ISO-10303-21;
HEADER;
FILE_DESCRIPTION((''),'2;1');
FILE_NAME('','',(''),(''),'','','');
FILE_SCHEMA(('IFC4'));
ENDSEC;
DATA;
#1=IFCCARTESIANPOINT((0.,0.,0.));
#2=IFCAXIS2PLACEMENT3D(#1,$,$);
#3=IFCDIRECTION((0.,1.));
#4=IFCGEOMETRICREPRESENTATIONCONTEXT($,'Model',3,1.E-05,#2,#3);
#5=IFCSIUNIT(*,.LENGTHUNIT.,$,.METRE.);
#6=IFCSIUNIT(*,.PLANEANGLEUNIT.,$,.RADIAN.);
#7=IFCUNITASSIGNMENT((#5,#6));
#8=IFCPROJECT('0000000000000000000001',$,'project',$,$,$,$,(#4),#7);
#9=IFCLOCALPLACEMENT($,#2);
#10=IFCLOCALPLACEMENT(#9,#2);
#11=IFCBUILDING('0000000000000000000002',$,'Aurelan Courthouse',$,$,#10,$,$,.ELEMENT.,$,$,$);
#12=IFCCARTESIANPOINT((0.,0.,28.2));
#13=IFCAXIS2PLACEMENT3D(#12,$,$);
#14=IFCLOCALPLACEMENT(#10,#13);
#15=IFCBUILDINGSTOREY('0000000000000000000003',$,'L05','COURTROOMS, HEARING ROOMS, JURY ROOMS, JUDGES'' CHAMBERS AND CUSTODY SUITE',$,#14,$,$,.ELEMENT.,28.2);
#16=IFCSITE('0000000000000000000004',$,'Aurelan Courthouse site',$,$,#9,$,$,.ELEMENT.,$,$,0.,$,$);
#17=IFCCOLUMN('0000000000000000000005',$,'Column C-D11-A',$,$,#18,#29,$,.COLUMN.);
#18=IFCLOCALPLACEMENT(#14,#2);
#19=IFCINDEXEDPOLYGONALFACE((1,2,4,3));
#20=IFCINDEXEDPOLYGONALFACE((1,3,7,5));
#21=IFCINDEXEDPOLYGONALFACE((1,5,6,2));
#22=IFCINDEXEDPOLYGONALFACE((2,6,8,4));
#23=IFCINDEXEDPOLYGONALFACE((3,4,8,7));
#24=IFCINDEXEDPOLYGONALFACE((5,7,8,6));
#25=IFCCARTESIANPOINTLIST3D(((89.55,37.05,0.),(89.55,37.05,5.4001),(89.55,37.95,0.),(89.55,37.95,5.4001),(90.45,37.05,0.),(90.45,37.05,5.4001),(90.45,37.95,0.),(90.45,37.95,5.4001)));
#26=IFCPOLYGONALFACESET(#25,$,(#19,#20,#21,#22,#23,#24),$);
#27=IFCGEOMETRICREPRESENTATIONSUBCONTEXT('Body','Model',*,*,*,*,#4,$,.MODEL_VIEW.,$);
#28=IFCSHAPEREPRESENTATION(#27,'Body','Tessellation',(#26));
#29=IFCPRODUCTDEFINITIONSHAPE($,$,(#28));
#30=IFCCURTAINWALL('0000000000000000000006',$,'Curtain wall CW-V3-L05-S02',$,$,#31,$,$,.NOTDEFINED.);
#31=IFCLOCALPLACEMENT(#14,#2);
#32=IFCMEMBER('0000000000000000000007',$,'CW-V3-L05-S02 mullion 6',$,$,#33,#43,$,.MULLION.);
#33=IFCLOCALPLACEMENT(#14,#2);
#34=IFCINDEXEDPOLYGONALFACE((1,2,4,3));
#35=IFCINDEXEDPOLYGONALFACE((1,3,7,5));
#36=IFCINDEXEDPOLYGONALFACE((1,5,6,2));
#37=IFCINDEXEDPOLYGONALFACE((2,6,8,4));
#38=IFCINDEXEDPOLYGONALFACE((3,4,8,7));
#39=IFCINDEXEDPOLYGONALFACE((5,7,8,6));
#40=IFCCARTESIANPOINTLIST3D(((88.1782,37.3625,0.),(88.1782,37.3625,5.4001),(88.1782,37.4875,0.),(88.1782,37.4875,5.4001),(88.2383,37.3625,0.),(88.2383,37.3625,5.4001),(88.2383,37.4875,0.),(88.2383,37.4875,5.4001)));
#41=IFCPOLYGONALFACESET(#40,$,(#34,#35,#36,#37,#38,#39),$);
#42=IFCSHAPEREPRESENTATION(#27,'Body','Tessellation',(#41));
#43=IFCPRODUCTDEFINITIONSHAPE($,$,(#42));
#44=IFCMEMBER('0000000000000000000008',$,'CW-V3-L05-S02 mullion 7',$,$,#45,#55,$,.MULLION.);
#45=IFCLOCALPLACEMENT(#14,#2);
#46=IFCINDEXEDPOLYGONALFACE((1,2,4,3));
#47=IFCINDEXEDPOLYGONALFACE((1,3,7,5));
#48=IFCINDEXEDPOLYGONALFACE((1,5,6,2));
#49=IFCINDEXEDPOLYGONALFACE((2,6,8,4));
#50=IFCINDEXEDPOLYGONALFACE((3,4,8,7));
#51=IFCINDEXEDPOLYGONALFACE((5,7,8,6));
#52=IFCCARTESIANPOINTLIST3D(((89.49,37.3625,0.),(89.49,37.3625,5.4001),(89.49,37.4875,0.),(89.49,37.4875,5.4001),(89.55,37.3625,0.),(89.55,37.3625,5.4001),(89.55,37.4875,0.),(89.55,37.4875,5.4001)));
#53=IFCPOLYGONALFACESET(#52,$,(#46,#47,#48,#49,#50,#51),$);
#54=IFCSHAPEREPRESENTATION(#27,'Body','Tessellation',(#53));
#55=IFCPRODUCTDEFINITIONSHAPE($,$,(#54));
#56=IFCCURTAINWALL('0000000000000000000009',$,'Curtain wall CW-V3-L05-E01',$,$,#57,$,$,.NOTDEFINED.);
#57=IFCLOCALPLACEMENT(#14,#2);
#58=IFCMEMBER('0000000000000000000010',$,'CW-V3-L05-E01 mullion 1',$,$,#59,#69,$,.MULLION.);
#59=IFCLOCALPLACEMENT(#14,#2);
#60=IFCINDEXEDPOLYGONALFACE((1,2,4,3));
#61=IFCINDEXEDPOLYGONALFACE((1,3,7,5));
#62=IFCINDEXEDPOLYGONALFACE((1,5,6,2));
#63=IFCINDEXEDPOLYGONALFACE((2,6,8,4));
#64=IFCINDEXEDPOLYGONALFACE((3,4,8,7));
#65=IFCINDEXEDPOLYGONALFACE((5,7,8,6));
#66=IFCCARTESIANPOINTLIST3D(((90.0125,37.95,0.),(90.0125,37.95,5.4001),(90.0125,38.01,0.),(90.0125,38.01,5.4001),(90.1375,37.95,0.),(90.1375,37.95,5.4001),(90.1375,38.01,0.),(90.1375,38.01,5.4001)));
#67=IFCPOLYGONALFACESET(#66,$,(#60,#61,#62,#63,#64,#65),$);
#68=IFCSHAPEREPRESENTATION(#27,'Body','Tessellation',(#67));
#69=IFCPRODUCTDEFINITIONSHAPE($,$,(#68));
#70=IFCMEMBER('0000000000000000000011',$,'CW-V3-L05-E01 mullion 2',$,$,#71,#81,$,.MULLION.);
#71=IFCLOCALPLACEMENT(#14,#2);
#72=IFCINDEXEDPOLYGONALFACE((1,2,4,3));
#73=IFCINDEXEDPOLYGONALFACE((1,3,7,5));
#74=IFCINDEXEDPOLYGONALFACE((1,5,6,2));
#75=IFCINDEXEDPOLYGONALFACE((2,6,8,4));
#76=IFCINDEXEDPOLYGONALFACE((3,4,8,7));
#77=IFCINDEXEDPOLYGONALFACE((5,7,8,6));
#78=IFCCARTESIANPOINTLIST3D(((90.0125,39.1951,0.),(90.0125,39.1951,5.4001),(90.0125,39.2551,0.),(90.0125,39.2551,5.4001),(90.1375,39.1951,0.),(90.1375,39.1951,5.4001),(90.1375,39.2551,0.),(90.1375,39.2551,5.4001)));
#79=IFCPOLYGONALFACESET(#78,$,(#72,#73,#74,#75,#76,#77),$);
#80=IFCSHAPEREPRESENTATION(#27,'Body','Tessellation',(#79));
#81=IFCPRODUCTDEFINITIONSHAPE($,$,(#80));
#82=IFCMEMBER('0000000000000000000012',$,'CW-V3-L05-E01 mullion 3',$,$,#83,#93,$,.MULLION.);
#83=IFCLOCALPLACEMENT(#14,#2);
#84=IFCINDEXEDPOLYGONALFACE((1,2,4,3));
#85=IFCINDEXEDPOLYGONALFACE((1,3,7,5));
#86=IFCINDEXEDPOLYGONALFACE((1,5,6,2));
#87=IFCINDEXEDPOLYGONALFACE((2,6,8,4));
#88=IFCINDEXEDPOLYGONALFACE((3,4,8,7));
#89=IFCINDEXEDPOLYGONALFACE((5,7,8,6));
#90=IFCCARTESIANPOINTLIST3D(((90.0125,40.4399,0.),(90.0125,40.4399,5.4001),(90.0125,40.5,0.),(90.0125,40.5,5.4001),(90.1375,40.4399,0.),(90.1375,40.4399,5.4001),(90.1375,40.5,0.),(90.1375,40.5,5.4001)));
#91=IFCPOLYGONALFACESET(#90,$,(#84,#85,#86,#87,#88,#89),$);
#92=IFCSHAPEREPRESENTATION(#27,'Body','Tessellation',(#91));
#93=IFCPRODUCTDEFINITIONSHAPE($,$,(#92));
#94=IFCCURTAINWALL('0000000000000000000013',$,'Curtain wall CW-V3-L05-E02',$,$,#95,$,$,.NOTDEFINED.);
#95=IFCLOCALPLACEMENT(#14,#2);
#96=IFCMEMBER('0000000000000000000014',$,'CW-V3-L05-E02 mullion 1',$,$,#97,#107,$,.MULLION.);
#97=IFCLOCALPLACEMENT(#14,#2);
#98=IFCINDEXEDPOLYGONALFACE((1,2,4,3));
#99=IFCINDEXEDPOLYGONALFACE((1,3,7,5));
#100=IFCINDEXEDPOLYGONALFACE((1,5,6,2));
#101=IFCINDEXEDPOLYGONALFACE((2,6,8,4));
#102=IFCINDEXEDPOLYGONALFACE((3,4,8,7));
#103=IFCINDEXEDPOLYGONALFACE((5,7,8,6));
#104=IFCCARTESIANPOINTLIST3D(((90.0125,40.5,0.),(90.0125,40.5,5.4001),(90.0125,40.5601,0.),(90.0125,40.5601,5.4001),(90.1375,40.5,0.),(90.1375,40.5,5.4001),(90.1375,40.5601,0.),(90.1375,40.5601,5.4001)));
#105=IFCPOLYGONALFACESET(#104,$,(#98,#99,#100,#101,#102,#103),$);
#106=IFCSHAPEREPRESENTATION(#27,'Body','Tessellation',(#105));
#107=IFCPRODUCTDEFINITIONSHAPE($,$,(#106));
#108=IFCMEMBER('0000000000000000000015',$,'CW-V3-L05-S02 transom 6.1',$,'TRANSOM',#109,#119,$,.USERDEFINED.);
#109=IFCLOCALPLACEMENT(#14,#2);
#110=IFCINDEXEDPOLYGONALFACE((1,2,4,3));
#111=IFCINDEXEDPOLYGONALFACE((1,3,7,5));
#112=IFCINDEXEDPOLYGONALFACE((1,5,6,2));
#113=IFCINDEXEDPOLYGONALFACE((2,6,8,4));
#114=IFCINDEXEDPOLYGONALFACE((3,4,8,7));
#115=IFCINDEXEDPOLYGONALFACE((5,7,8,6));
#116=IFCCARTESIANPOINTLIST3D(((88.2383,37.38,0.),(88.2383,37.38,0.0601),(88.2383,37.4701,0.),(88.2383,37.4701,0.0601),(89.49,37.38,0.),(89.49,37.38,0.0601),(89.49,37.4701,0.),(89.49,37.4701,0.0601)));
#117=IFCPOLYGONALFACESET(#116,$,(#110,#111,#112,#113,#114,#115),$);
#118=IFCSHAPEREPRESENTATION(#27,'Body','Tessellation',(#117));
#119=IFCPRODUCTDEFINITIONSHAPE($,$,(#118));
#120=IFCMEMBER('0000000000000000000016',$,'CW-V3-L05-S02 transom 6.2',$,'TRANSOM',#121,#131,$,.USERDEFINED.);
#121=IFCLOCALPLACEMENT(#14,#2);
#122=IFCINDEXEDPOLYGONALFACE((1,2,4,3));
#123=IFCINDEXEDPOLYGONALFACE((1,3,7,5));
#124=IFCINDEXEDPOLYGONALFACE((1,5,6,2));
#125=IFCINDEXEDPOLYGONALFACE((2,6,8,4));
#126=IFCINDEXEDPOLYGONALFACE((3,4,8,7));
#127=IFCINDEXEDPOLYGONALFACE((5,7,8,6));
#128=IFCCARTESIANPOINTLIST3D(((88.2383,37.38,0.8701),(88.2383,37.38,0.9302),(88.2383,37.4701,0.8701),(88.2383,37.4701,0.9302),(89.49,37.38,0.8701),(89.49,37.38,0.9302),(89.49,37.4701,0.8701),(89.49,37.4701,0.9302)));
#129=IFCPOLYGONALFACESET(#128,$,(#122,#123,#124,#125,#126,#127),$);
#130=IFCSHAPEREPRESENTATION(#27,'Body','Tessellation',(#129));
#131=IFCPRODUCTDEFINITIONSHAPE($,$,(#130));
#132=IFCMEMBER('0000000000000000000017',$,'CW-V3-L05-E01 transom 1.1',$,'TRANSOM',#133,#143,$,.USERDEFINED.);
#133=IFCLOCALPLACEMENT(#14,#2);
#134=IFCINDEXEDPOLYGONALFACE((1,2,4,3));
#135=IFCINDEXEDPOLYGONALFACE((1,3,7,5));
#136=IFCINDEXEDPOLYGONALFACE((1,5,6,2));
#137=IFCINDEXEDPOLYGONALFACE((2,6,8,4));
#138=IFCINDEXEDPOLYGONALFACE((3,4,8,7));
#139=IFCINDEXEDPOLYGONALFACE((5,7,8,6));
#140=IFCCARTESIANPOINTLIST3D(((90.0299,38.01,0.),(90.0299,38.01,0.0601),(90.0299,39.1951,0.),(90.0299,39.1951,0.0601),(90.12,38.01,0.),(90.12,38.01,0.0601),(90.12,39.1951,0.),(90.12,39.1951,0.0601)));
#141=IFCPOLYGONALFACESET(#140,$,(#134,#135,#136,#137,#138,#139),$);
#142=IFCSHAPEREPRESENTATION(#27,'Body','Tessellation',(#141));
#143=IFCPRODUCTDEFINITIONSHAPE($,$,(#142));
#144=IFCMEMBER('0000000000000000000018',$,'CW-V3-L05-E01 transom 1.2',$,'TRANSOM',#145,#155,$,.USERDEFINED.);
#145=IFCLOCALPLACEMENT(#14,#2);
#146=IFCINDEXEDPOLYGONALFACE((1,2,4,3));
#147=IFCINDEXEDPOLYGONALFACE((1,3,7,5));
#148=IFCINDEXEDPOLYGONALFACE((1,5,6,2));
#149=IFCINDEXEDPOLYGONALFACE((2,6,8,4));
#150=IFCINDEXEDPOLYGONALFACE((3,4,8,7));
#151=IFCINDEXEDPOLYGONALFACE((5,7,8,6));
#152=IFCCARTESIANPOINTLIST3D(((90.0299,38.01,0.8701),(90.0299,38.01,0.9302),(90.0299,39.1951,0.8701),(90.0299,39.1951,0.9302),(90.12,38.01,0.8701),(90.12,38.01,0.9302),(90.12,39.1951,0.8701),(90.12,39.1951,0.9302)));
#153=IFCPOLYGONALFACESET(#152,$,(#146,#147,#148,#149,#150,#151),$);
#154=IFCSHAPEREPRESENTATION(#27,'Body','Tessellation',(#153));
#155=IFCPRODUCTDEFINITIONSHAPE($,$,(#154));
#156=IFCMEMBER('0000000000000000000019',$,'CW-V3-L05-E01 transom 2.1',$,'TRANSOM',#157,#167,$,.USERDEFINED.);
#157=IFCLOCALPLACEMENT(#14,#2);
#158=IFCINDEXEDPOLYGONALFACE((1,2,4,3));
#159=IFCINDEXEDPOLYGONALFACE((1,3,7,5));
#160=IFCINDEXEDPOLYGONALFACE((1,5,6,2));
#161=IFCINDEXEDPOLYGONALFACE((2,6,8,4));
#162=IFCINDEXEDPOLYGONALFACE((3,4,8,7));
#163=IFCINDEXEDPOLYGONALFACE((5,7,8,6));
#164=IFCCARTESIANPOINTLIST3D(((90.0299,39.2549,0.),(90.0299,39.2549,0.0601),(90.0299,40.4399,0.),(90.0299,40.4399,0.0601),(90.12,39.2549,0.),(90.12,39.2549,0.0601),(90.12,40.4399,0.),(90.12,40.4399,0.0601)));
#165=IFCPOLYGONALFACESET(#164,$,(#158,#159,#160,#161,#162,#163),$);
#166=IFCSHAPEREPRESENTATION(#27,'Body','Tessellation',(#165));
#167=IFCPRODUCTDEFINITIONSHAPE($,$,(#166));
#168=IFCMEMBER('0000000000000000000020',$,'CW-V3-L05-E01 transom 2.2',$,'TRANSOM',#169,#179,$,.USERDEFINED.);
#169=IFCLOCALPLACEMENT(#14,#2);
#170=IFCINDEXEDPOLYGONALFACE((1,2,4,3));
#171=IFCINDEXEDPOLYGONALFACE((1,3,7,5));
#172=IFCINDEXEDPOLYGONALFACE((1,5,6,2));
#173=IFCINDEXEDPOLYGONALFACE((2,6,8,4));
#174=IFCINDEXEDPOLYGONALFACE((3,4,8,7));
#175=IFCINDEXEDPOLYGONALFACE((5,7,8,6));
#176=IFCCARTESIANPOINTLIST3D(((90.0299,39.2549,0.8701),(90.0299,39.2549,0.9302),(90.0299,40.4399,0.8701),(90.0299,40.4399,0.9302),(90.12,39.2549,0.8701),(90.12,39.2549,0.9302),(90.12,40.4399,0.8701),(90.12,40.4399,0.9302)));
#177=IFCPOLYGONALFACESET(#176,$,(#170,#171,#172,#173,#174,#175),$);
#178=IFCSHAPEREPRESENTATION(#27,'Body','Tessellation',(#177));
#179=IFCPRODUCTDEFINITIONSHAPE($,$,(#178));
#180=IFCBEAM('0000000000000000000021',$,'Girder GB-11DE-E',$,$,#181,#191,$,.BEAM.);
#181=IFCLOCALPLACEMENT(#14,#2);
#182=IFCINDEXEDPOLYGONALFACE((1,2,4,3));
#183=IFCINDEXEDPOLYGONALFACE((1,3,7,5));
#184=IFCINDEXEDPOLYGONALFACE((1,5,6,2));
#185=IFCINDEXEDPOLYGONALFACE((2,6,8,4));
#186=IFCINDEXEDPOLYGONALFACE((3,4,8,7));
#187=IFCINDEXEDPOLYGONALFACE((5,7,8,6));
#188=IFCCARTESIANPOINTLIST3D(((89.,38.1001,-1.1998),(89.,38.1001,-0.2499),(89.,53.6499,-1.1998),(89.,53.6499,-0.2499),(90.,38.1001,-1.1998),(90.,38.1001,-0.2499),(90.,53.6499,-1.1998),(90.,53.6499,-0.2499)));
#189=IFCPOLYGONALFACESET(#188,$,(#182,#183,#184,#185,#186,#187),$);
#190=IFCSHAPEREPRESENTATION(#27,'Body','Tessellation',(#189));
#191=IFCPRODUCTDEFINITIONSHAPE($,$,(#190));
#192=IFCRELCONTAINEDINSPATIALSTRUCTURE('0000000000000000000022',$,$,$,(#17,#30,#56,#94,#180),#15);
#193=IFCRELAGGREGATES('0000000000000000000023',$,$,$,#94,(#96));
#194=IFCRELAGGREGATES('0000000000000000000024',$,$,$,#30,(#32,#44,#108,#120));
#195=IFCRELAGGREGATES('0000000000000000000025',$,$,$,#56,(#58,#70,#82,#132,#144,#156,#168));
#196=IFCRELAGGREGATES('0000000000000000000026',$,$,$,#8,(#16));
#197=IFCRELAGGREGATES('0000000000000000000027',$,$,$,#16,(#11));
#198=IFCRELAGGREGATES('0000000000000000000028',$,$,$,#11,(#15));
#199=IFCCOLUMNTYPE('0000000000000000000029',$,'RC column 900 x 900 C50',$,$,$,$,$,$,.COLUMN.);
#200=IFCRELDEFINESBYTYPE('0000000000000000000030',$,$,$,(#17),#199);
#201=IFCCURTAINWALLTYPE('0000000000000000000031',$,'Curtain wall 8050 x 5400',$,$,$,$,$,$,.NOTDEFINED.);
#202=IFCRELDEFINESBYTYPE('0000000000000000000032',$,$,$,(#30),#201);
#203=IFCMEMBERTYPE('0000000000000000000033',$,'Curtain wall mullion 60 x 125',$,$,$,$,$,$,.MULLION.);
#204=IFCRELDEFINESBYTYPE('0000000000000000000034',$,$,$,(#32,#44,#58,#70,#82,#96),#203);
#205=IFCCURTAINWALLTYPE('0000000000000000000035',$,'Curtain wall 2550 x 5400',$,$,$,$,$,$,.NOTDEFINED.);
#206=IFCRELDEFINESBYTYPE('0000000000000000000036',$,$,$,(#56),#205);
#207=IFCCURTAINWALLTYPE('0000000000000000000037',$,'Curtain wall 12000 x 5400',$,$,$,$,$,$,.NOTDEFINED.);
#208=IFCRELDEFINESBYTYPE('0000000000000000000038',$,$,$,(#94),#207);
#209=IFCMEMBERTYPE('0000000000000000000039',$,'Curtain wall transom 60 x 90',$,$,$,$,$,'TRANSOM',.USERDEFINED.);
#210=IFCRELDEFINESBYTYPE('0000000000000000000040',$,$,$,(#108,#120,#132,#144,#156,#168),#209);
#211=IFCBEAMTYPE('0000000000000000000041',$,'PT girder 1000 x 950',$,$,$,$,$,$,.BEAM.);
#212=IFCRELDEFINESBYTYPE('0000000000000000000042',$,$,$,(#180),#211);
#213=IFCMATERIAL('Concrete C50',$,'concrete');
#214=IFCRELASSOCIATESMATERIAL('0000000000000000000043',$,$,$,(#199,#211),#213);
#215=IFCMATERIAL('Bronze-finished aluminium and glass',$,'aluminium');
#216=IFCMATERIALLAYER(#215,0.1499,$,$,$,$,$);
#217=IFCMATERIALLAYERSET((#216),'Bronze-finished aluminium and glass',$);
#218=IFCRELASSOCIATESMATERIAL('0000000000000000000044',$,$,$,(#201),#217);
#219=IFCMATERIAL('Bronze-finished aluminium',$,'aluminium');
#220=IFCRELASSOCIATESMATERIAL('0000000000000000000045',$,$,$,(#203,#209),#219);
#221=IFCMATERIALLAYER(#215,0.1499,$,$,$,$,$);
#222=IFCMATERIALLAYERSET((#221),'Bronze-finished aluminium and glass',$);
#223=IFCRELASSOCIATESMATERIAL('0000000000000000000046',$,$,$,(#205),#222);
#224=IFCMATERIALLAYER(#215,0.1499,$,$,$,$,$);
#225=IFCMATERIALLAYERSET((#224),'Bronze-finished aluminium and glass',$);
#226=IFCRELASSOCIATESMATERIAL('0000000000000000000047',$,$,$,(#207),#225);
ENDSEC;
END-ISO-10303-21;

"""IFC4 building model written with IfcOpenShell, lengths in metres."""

from ifc_helpers import new_model, si_unit, direction, frame, origin, origin_2d, place, context, subcontext, project, spatial, rectangle, extrude, material, layer, layer_set, material_profile, profile_set, type_object, element, aggregate, save


model = new_model("IFC4")

# Units and contexts
model_context = context("Model", 3, precision=1e-05, world=origin(), true_north=direction((0.0, 1.0)))
body_context = subcontext(model_context, "Body", "Model", "MODEL_VIEW")
ifc_project = project(units=[si_unit("LENGTHUNIT", "METRE"), si_unit("PLANEANGLEUNIT", "RADIAN")], contexts=[model_context])

# Site, building, storey
site_placement = place(None, origin())
site = spatial("IfcSite", under=ifc_project, at=site_placement, Name="Aurelan Courthouse site", CompositionType="ELEMENT", RefElevation=0.0)
building_placement = place(site_placement, origin())
building = spatial("IfcBuilding", under=site, at=building_placement, Name="Aurelan Courthouse", CompositionType="ELEMENT")
storey_placement = place(building_placement, frame((0.0, 0.0, 28.2)))
storey = spatial("IfcBuildingStorey", under=building, at=storey_placement, Name="L05", Description="COURTROOMS, HEARING ROOMS, JURY ROOMS, JUDGES' CHAMBERS AND CUSTODY SUITE", CompositionType="ELEMENT", Elevation=28.2)

# Column
ifc_material_1 = material(Name="Concrete C50", Category="concrete")
ifc_material_profile_1 = material_profile(ifc_material_1, rectangle(XDim=0.8999, YDim=0.8999, at=origin_2d()), Name="RC 900 x 900")
ifc_profile_set_1 = profile_set([ifc_material_profile_1], Name="Concrete C50")
column_type = type_object("IfcColumnType", Name="RC column 900 x 900 C50", PredefinedType="COLUMN", material=ifc_profile_set_1)
column_placement = place(storey_placement, frame((90.0, 37.5, 0.0), z_axis=(0.0, 0.0, 1.0), x_axis=(1.0, 0.0, 0.0)))
element("IfcColumn", 1, at=column_placement, inside=storey, type_object=column_type, Name="Column C-D11-A", PredefinedType="COLUMN", context=body_context, shape_type="SweptSolid", body=[
    extrude(rectangle(XDim=0.8999, YDim=0.8999, at=origin_2d()), origin(), (0.0, 0.0, 1.0), 5.4001),
])

# Curtain walls, members
ifc_material_2 = material(Name="Bronze-finished aluminium and glass", Category="aluminium")
ifc_layer_1 = layer(ifc_material_2, 0.1499)
ifc_layer_set_1 = layer_set([ifc_layer_1], Name="Bronze-finished aluminium and glass")
curtain_wall_type_1 = type_object("IfcCurtainWallType", Name="Curtain wall 8050 x 5400", PredefinedType="NOTDEFINED", material=ifc_layer_set_1)
curtain_wall_1_placement = place(storey_placement, origin())
curtain_wall_1 = element("IfcCurtainWall", 2, at=curtain_wall_1_placement, inside=storey, type_object=curtain_wall_type_1, Name="Curtain wall CW-V3-L05-S02", PredefinedType="NOTDEFINED")
ifc_material_3 = material(Name="Bronze-finished aluminium", Category="aluminium")
ifc_material_profile_2 = material_profile(ifc_material_3, rectangle(XDim=0.125, YDim=0.0601, at=origin_2d()), Name="Bronze mullion 60 x 125")
ifc_profile_set_2 = profile_set([ifc_material_profile_2], Name="Bronze-finished aluminium")
member_type_1 = type_object("IfcMemberType", Name="Curtain wall mullion 60 x 125", PredefinedType="MULLION", material=ifc_profile_set_2)
member_1_placement = place(storey_placement, frame((88.2083, 37.425, 0.0), z_axis=(0.0, 0.0, 1.0), x_axis=(0.0, 1.0, 0.0)))
member_1 = element("IfcMember", 3, at=member_1_placement, type_object=member_type_1, Name="CW-V3-L05-S02 mullion 6", PredefinedType="MULLION", context=body_context, shape_type="SweptSolid", body=[
    extrude(rectangle(XDim=0.125, YDim=0.0601, at=origin_2d()), origin(), (0.0, 0.0, 1.0), 5.4001),
])
member_2_placement = place(storey_placement, frame((89.52, 37.425, 0.0), z_axis=(0.0, 0.0, 1.0), x_axis=(0.0, 1.0, 0.0)))
member_2 = element("IfcMember", 4, at=member_2_placement, type_object=member_type_1, Name="CW-V3-L05-S02 mullion 7", PredefinedType="MULLION", context=body_context, shape_type="SweptSolid", body=[
    extrude(rectangle(XDim=0.125, YDim=0.0601, at=origin_2d()), origin(), (0.0, 0.0, 1.0), 5.4001),
])
ifc_layer_2 = layer(ifc_material_2, 0.1499)
ifc_layer_set_2 = layer_set([ifc_layer_2], Name="Bronze-finished aluminium and glass")
curtain_wall_type_2 = type_object("IfcCurtainWallType", Name="Curtain wall 2550 x 5400", PredefinedType="NOTDEFINED", material=ifc_layer_set_2)
curtain_wall_2_placement = place(storey_placement, origin())
curtain_wall_2 = element("IfcCurtainWall", 5, at=curtain_wall_2_placement, inside=storey, type_object=curtain_wall_type_2, Name="Curtain wall CW-V3-L05-E01", PredefinedType="NOTDEFINED")
member_3_placement = place(storey_placement, frame((90.075, 37.98, 0.0), z_axis=(0.0, 0.0, 1.0), x_axis=(-1.0, 0.0, 0.0)))
member_3 = element("IfcMember", 6, at=member_3_placement, type_object=member_type_1, Name="CW-V3-L05-E01 mullion 1", PredefinedType="MULLION", context=body_context, shape_type="SweptSolid", body=[
    extrude(rectangle(XDim=0.125, YDim=0.0601, at=origin_2d()), origin(), (0.0, 0.0, 1.0), 5.4001),
])
member_4_placement = place(storey_placement, frame((90.075, 39.2251, 0.0), z_axis=(0.0, 0.0, 1.0), x_axis=(-1.0, 0.0, 0.0)))
member_4 = element("IfcMember", 7, at=member_4_placement, type_object=member_type_1, Name="CW-V3-L05-E01 mullion 2", PredefinedType="MULLION", context=body_context, shape_type="SweptSolid", body=[
    extrude(rectangle(XDim=0.125, YDim=0.0601, at=origin_2d()), origin(), (0.0, 0.0, 1.0), 5.4001),
])
member_5_placement = place(storey_placement, frame((90.075, 40.47, 0.0), z_axis=(0.0, 0.0, 1.0), x_axis=(-1.0, 0.0, 0.0)))
member_5 = element("IfcMember", 8, at=member_5_placement, type_object=member_type_1, Name="CW-V3-L05-E01 mullion 3", PredefinedType="MULLION", context=body_context, shape_type="SweptSolid", body=[
    extrude(rectangle(XDim=0.125, YDim=0.0601, at=origin_2d()), origin(), (0.0, 0.0, 1.0), 5.4001),
])

# Curtain wall, member
ifc_layer_3 = layer(ifc_material_2, 0.1499)
ifc_layer_set_3 = layer_set([ifc_layer_3], Name="Bronze-finished aluminium and glass")
curtain_wall_type_3 = type_object("IfcCurtainWallType", Name="Curtain wall 12000 x 5400", PredefinedType="NOTDEFINED", material=ifc_layer_set_3)
curtain_wall_3_placement = place(storey_placement, origin())
curtain_wall_3 = element("IfcCurtainWall", 9, at=curtain_wall_3_placement, inside=storey, type_object=curtain_wall_type_3, Name="Curtain wall CW-V3-L05-E02", PredefinedType="NOTDEFINED")
member_6_placement = place(storey_placement, frame((90.075, 40.53, 0.0), z_axis=(0.0, 0.0, 1.0), x_axis=(-1.0, 0.0, 0.0)))
member_6 = element("IfcMember", 10, at=member_6_placement, type_object=member_type_1, Name="CW-V3-L05-E02 mullion 1", PredefinedType="MULLION", context=body_context, shape_type="SweptSolid", body=[
    extrude(rectangle(XDim=0.125, YDim=0.0601, at=origin_2d()), origin(), (0.0, 0.0, 1.0), 5.4001),
])
aggregate(curtain_wall_3, [member_6])

# Members
ifc_material_profile_3 = material_profile(ifc_material_3, rectangle(XDim=0.0901, YDim=0.0601, at=origin_2d()), Name="Bronze transom 60 x 90")
ifc_profile_set_3 = profile_set([ifc_material_profile_3], Name="Bronze-finished aluminium")
member_type_2 = type_object("IfcMemberType", Name="Curtain wall transom 60 x 90", ElementType="TRANSOM", PredefinedType="USERDEFINED", material=ifc_profile_set_3)
member_7_placement = place(storey_placement, frame((88.2383, 37.425, 0.03), z_axis=(1.0, 0.0, 0.0), x_axis=(0.0, 1.0, 0.0)))
member_7 = element("IfcMember", 11, at=member_7_placement, type_object=member_type_2, Name="CW-V3-L05-S02 transom 6.1", ObjectType="TRANSOM", PredefinedType="USERDEFINED", context=body_context, shape_type="SweptSolid", body=[
    extrude(rectangle(XDim=0.0901, YDim=0.0601, at=origin_2d()), origin(), (0.0, 0.0, 1.0), 1.2517),
])
member_8_placement = place(storey_placement, frame((88.2383, 37.425, 0.9001), z_axis=(1.0, 0.0, 0.0), x_axis=(0.0, 1.0, 0.0)))
member_8 = element("IfcMember", 12, at=member_8_placement, type_object=member_type_2, Name="CW-V3-L05-S02 transom 6.2", ObjectType="TRANSOM", PredefinedType="USERDEFINED", context=body_context, shape_type="SweptSolid", body=[
    extrude(rectangle(XDim=0.0901, YDim=0.0601, at=origin_2d()), origin(), (0.0, 0.0, 1.0), 1.2517),
])
member_9_placement = place(storey_placement, frame((90.075, 38.01, 0.03), z_axis=(0.0, 1.0, 0.0), x_axis=(-1.0, 0.0, 0.0)))
member_9 = element("IfcMember", 13, at=member_9_placement, type_object=member_type_2, Name="CW-V3-L05-E01 transom 1.1", ObjectType="TRANSOM", PredefinedType="USERDEFINED", context=body_context, shape_type="SweptSolid", body=[
    extrude(rectangle(XDim=0.0901, YDim=0.0601, at=origin_2d()), origin(), (0.0, 0.0, 1.0), 1.1851),
])
member_10_placement = place(storey_placement, frame((90.075, 38.01, 0.9001), z_axis=(0.0, 1.0, 0.0), x_axis=(-1.0, 0.0, 0.0)))
member_10 = element("IfcMember", 14, at=member_10_placement, type_object=member_type_2, Name="CW-V3-L05-E01 transom 1.2", ObjectType="TRANSOM", PredefinedType="USERDEFINED", context=body_context, shape_type="SweptSolid", body=[
    extrude(rectangle(XDim=0.0901, YDim=0.0601, at=origin_2d()), origin(), (0.0, 0.0, 1.0), 1.1851),
])
member_11_placement = place(storey_placement, frame((90.075, 39.2549, 0.03), z_axis=(0.0, 1.0, 0.0), x_axis=(-1.0, 0.0, 0.0)))
member_11 = element("IfcMember", 15, at=member_11_placement, type_object=member_type_2, Name="CW-V3-L05-E01 transom 2.1", ObjectType="TRANSOM", PredefinedType="USERDEFINED", context=body_context, shape_type="SweptSolid", body=[
    extrude(rectangle(XDim=0.0901, YDim=0.0601, at=origin_2d()), origin(), (0.0, 0.0, 1.0), 1.1851),
])
member_12_placement = place(storey_placement, frame((90.075, 39.2549, 0.9001), z_axis=(0.0, 1.0, 0.0), x_axis=(-1.0, 0.0, 0.0)))
member_12 = element("IfcMember", 16, at=member_12_placement, type_object=member_type_2, Name="CW-V3-L05-E01 transom 2.2", ObjectType="TRANSOM", PredefinedType="USERDEFINED", context=body_context, shape_type="SweptSolid", body=[
    extrude(rectangle(XDim=0.0901, YDim=0.0601, at=origin_2d()), origin(), (0.0, 0.0, 1.0), 1.1851),
])

# Beam
ifc_material_profile_4 = material_profile(ifc_material_1, rectangle(XDim=1.0, YDim=0.95, at=origin_2d()), Name="RC 1000 x 950")
ifc_profile_set_4 = profile_set([ifc_material_profile_4], Name="Concrete C50")
beam_type_1 = type_object("IfcBeamType", Name="PT girder 1000 x 950", PredefinedType="BEAM", material=ifc_profile_set_4)
beam_1_placement = place(storey_placement, frame((89.5, 38.1001, -0.7249), z_axis=(0.0, 1.0, 0.0), x_axis=(-1.0, 0.0, 0.0)))
element("IfcBeam", 17, at=beam_1_placement, inside=storey, type_object=beam_type_1, Name="Girder GB-11DE-E", PredefinedType="BEAM", context=body_context, shape_type="SweptSolid", body=[
    extrude(rectangle(XDim=1.0, YDim=0.95, at=origin_2d()), origin(), (0.0, 0.0, 1.0), 15.5498),
])

aggregate(curtain_wall_1, [member_1, member_2, member_7, member_8])
aggregate(curtain_wall_2, [member_3, member_4, member_5, member_9, member_10, member_11, member_12])

save(model, "model.ifc")
